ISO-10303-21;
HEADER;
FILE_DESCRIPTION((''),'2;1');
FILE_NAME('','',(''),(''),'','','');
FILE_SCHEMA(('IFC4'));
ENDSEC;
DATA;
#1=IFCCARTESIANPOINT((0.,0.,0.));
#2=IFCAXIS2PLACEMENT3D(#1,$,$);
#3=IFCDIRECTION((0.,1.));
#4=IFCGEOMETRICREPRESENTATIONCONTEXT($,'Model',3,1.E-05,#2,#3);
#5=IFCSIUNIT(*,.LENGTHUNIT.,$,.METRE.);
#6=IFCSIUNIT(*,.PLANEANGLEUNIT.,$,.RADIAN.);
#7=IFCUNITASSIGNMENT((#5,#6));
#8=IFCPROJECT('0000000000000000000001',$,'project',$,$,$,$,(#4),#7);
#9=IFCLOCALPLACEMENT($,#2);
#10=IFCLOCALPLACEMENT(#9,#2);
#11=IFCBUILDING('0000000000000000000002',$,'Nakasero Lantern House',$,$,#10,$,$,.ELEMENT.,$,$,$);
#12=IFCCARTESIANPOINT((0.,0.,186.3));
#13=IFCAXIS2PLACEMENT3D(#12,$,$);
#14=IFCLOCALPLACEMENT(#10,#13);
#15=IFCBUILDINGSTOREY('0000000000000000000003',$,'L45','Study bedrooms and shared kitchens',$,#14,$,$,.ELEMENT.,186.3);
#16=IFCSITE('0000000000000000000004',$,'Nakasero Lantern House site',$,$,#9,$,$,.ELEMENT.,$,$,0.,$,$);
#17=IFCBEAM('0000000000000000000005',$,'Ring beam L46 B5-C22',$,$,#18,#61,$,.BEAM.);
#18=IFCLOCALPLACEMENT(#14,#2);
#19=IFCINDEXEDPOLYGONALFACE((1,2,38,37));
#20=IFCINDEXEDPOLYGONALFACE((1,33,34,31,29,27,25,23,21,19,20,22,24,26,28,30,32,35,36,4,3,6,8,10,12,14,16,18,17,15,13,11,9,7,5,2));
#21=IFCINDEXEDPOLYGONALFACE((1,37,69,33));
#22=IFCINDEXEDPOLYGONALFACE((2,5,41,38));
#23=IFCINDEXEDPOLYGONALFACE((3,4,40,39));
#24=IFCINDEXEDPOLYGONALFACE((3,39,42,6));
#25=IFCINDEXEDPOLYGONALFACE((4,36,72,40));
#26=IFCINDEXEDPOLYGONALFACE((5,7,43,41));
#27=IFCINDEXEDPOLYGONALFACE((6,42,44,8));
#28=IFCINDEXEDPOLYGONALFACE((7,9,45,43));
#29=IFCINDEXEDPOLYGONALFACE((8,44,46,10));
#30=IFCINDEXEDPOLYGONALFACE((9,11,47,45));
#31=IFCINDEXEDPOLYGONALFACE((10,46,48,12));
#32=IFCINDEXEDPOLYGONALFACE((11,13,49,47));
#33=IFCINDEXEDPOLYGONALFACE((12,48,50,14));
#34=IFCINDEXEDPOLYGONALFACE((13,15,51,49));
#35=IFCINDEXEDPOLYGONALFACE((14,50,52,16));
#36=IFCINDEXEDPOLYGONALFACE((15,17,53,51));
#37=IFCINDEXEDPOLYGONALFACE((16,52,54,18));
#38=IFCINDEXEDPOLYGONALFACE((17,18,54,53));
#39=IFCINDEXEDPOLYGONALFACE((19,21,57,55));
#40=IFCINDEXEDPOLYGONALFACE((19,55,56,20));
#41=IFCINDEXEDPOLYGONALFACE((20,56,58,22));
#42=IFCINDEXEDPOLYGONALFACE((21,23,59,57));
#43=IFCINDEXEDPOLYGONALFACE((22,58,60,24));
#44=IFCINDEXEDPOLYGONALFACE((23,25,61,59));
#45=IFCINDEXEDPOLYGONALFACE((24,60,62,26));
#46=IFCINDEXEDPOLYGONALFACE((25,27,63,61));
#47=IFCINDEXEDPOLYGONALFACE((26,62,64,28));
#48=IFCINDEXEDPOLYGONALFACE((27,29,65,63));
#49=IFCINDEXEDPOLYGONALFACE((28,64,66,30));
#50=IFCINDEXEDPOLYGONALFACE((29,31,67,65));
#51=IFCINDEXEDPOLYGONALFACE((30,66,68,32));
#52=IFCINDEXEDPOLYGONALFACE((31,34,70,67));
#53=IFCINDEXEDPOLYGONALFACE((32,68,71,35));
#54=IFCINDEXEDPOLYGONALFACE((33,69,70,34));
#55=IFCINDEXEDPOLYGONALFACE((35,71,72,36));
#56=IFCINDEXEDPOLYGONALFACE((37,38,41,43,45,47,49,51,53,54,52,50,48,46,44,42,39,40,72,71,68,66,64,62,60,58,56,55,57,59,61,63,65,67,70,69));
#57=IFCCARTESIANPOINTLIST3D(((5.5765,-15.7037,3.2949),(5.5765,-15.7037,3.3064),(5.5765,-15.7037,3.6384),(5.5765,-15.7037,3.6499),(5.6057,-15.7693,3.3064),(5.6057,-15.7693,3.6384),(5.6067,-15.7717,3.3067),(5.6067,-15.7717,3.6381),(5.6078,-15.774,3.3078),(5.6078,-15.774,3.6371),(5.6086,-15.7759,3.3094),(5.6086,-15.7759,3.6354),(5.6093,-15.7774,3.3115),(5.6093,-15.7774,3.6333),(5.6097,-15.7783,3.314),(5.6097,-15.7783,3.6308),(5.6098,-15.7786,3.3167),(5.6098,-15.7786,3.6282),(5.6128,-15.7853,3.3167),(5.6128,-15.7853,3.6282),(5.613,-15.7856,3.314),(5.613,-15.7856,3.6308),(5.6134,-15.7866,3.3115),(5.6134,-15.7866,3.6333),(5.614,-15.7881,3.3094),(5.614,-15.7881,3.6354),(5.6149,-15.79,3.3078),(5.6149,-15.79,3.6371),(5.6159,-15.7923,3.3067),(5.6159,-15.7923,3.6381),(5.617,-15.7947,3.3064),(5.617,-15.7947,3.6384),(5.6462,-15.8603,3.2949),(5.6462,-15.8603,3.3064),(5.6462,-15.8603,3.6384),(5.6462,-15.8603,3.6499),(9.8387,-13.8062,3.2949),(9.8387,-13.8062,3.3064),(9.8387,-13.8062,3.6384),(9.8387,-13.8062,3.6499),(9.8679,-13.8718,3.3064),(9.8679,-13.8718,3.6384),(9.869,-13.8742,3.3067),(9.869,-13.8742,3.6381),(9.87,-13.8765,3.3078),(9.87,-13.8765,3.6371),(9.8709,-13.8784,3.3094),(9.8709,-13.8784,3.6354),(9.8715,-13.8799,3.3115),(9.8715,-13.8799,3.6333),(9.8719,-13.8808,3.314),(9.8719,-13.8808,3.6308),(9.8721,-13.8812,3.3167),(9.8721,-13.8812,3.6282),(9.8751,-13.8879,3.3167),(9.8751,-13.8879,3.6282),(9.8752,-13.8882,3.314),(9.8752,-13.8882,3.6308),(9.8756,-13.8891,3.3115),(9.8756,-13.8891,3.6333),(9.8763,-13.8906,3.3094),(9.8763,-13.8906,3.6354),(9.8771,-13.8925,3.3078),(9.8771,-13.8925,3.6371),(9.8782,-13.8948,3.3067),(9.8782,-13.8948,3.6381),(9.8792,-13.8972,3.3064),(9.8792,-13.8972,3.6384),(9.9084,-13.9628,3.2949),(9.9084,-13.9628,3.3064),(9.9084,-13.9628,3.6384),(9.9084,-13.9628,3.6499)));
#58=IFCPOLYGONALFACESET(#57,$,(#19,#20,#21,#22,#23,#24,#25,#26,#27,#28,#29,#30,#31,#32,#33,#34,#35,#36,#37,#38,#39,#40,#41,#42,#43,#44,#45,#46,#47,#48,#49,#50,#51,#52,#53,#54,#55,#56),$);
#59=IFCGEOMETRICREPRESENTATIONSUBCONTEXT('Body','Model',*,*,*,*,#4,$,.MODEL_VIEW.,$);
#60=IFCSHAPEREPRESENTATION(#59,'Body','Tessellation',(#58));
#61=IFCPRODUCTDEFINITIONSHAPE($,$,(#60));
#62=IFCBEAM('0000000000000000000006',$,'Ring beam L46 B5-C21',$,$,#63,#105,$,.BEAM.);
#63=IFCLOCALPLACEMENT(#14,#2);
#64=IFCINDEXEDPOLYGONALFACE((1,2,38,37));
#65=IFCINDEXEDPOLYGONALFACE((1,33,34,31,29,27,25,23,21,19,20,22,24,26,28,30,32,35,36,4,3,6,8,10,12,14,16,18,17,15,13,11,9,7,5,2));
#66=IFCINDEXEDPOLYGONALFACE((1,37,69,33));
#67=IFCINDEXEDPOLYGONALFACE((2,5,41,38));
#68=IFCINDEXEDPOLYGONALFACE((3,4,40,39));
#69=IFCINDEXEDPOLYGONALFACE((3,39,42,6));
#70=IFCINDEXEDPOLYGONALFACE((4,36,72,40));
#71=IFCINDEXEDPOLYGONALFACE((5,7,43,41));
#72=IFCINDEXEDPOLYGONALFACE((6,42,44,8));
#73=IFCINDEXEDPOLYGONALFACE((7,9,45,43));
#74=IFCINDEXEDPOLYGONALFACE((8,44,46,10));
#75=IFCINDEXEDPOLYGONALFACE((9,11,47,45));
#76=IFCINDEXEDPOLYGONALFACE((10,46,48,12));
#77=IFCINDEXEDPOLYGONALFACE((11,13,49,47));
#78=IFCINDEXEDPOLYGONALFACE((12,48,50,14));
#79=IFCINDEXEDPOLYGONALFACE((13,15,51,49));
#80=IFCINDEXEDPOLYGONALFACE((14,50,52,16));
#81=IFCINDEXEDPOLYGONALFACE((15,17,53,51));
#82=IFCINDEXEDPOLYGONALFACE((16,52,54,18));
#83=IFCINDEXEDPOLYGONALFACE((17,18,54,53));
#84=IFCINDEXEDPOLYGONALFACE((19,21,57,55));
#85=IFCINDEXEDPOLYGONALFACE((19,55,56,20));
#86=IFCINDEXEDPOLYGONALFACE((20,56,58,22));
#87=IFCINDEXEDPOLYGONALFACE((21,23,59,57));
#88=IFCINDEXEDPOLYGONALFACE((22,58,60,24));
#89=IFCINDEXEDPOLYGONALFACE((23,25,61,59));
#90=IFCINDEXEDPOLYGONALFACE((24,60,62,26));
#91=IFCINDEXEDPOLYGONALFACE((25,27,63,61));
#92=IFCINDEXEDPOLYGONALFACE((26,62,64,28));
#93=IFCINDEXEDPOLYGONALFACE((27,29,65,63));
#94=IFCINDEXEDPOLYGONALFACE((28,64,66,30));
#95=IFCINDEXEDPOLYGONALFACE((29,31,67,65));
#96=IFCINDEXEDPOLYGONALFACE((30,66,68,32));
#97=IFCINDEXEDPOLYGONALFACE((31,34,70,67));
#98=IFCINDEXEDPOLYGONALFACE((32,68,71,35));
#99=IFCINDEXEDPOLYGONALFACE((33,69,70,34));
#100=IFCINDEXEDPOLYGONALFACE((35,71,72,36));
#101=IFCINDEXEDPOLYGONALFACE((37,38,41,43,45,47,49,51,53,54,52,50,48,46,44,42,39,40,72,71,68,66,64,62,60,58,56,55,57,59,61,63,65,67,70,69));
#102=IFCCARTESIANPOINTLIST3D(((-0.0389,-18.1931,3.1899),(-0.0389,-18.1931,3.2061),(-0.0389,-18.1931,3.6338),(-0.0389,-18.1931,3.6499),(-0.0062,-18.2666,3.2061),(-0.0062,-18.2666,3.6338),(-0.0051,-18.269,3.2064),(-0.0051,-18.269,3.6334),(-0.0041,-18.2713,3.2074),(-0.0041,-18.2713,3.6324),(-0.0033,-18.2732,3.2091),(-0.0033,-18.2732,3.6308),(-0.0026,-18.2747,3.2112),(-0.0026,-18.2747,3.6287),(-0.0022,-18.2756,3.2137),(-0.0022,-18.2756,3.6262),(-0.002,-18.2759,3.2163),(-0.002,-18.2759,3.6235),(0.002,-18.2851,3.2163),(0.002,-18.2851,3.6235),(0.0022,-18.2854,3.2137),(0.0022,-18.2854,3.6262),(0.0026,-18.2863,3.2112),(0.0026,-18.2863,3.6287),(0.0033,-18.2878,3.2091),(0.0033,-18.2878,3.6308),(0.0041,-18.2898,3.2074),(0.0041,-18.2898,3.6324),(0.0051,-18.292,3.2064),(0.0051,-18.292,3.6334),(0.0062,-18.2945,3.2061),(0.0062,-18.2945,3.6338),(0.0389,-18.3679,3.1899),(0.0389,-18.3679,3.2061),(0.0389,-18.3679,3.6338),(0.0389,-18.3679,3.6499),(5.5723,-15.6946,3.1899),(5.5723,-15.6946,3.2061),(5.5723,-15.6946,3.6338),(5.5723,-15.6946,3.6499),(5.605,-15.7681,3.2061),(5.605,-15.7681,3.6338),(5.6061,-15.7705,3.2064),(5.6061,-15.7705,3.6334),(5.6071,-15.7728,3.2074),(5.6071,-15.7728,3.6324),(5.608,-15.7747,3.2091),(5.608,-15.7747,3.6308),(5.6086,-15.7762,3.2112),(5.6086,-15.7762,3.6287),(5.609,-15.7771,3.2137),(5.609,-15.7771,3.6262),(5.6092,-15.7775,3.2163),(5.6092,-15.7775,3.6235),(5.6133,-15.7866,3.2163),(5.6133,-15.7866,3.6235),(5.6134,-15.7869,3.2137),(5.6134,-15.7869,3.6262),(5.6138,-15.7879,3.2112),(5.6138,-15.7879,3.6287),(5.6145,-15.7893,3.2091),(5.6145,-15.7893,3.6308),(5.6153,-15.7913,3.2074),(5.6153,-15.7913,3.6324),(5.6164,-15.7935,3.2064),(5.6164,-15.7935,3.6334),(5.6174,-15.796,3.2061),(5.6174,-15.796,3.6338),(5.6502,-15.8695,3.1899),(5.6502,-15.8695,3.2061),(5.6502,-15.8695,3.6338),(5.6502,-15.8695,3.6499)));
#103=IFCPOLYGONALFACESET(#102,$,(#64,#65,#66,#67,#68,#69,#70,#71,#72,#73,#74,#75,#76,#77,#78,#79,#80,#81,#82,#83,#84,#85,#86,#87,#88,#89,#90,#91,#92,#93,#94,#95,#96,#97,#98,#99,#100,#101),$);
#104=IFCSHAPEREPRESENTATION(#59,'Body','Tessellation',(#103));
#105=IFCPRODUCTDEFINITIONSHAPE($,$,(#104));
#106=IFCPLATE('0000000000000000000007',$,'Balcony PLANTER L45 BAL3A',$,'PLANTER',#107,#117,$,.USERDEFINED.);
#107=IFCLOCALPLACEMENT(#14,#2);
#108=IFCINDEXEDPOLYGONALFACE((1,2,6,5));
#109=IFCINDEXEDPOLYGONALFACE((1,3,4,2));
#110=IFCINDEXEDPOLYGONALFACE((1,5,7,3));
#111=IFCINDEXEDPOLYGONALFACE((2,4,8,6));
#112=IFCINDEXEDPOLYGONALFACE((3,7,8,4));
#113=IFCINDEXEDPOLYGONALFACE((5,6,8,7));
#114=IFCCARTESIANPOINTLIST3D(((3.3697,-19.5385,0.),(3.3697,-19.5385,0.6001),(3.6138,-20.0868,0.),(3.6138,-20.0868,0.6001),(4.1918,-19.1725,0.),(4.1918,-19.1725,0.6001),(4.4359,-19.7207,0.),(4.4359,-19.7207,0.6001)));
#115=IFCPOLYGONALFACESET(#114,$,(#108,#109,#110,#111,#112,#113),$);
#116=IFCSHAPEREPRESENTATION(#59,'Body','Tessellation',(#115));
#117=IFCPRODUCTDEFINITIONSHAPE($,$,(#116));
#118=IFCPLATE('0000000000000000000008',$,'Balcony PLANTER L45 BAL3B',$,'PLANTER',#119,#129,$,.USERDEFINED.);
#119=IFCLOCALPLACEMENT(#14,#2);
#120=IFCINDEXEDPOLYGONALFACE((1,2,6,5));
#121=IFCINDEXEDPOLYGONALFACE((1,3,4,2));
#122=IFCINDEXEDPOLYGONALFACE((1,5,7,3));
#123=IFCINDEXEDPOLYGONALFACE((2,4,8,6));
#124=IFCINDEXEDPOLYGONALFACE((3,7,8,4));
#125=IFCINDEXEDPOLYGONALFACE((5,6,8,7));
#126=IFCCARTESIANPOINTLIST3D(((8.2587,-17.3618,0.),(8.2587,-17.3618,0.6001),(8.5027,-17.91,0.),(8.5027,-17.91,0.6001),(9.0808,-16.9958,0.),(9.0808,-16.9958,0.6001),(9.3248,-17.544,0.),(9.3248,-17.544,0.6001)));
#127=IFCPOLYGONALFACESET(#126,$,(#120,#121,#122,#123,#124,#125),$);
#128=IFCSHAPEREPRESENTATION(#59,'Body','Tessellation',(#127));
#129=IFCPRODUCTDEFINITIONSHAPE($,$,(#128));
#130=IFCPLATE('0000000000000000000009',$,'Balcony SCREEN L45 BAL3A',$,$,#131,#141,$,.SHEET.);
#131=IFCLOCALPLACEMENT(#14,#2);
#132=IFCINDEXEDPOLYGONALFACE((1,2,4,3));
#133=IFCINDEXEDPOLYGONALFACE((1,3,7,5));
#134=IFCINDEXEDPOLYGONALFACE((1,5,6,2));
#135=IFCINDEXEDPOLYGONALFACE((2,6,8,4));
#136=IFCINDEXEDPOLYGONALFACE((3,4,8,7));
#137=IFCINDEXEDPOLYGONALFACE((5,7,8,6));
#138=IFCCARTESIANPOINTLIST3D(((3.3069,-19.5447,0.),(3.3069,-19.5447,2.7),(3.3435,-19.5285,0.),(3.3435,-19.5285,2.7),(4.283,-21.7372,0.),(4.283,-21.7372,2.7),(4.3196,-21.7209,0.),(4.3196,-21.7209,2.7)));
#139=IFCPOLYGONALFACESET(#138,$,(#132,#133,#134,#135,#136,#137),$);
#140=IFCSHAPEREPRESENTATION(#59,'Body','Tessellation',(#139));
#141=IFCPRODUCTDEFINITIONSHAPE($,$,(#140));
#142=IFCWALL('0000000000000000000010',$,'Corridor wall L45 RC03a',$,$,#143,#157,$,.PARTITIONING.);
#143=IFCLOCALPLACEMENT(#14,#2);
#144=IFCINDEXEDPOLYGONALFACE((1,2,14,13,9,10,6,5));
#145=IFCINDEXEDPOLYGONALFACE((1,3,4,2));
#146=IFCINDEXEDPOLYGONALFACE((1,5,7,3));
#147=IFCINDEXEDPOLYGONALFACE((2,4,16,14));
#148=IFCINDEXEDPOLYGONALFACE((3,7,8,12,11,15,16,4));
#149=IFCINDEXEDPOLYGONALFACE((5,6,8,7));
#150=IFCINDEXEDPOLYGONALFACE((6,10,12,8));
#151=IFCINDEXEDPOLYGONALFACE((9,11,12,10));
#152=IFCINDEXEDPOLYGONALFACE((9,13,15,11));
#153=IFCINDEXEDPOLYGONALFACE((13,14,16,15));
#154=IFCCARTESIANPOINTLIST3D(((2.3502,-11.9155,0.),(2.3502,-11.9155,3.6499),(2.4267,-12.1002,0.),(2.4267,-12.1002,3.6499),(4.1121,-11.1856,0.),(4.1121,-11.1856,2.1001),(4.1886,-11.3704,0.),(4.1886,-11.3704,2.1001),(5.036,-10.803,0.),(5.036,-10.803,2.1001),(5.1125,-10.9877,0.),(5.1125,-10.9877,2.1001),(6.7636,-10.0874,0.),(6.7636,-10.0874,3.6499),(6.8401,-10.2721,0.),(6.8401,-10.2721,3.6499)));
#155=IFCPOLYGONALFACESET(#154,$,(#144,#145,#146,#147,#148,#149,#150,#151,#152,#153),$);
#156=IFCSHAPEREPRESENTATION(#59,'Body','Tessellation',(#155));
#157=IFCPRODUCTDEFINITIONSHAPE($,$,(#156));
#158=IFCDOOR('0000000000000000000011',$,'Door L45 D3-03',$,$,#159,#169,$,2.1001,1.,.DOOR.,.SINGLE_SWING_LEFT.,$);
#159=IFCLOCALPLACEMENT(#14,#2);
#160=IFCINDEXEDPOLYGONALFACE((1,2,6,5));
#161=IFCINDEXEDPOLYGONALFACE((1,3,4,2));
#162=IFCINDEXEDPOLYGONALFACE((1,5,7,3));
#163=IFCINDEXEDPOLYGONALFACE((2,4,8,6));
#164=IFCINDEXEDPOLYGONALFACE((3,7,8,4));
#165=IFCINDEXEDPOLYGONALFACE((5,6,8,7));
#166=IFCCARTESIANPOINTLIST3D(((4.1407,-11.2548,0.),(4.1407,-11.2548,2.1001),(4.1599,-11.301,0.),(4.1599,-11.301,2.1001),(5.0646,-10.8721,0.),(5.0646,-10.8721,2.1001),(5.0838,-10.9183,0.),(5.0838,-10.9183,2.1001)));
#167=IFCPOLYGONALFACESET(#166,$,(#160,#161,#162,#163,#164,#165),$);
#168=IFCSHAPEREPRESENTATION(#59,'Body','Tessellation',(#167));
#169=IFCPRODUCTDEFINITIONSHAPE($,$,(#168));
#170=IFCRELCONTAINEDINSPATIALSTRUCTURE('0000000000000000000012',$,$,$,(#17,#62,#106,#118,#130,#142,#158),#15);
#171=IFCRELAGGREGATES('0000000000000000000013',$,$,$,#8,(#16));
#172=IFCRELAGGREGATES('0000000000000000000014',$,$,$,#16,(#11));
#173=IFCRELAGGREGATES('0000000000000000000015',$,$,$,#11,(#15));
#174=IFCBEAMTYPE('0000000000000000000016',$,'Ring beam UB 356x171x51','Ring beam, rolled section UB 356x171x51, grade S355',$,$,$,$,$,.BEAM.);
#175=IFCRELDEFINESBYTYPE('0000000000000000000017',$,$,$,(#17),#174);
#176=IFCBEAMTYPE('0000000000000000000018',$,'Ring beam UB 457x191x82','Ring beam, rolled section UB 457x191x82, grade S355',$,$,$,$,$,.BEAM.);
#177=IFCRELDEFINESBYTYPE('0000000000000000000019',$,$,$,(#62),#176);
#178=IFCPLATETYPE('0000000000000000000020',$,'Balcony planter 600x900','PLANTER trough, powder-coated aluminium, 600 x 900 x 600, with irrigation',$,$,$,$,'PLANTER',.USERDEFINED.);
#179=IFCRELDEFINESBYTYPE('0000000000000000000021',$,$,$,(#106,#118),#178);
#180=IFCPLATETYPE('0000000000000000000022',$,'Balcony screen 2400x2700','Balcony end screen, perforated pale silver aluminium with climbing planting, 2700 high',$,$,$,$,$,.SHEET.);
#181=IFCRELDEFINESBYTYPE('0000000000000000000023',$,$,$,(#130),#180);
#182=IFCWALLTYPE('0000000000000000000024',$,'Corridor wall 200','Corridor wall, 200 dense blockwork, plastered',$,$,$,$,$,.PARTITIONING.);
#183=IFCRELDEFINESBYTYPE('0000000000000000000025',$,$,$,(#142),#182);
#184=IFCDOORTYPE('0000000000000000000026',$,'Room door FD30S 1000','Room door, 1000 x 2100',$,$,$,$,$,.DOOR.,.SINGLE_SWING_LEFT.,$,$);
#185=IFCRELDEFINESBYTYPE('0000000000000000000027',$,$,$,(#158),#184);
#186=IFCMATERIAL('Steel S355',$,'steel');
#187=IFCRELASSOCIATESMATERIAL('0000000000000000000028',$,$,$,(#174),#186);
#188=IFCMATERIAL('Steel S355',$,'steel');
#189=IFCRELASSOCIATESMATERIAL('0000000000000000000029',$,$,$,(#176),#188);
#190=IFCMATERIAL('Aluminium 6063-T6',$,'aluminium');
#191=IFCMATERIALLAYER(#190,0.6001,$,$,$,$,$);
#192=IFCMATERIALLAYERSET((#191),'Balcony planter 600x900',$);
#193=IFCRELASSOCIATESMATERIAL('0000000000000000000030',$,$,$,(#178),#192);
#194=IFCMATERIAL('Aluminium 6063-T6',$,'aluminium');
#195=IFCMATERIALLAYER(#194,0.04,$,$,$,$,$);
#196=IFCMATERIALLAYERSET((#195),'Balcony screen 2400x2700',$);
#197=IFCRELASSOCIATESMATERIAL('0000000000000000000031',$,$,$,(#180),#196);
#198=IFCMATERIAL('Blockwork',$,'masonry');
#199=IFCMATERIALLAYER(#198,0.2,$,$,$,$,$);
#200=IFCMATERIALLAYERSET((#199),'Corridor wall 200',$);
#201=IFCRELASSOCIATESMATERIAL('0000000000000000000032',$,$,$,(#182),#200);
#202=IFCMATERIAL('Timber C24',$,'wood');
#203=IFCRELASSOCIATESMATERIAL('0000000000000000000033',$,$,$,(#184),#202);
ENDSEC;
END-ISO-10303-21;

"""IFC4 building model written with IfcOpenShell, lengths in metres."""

from ifc_helpers import new_model, si_unit, direction, frame, frame_2d, origin, origin_2d, place, context, subcontext, project, spatial, rectangle, i_section, extrude, material, layer, layer_set, material_profile, profile_set, type_object, element, fill, save


model = new_model("IFC4")

# Units and contexts
model_context = context("Model", 3, precision=1e-05, world=origin(), true_north=direction((0.0, 1.0)))
body_context = subcontext(model_context, "Body", "Model", "MODEL_VIEW")
ifc_project = project(units=[si_unit("LENGTHUNIT", "METRE"), si_unit("PLANEANGLEUNIT", "RADIAN")], contexts=[model_context])

# Site, building, storey
site_placement = place(None, origin())
site = spatial("IfcSite", under=ifc_project, at=site_placement, Name="Nakasero Lantern House site", CompositionType="ELEMENT", RefElevation=0.0)
building_placement = place(site_placement, origin())
building = spatial("IfcBuilding", under=site, at=building_placement, Name="Nakasero Lantern House", CompositionType="ELEMENT")
storey_placement = place(building_placement, frame((0.0, 0.0, 186.3)))
storey = spatial("IfcBuildingStorey", under=building, at=storey_placement, Name="L45", Description="Study bedrooms and shared kitchens", CompositionType="ELEMENT", Elevation=186.3)

# Beams
ifc_material_1 = material(Name="Steel S355", Category="steel")
ifc_material_profile_1 = material_profile(ifc_material_1, i_section(OverallWidth=0.1714, OverallDepth=0.355, WebThickness=0.0073, FlangeThickness=0.0115, FilletRadius=0.0103, at=origin_2d()), Name="UB 356x171x51")
ifc_profile_set_1 = profile_set([ifc_material_profile_1], Name="Steel S355")
beam_type_1 = type_object("IfcBeamType", Name="Ring beam UB 356x171x51", Description="Ring beam, rolled section UB 356x171x51, grade S355", PredefinedType="BEAM", material=ifc_profile_set_1)
beam_1_placement = place(storey_placement, frame((5.6113, -15.782, 3.4724), z_axis=(0.913561, 0.406702, 0.0), x_axis=(-0.406702, 0.913561, 0.0)))
element("IfcBeam", 1, at=beam_1_placement, inside=storey, type_object=beam_type_1, Name="Ring beam L46 B5-C22", PredefinedType="BEAM", context=body_context, shape_type="SweptSolid", body=[
    extrude(i_section(OverallWidth=0.1714, OverallDepth=0.355, WebThickness=0.0073, FlangeThickness=0.0115, FilletRadius=0.0103, at=origin_2d()), origin(), (0.0, 0.0, 1.0), 4.6655),
])
ifc_material_2 = material(Name="Steel S355", Category="steel")
ifc_material_profile_2 = material_profile(ifc_material_2, i_section(OverallWidth=0.1914, OverallDepth=0.46, WebThickness=0.01, FlangeThickness=0.0161, FilletRadius=0.0103, at=origin_2d()), Name="UB 457x191x82")
ifc_profile_set_2 = profile_set([ifc_material_profile_2], Name="Steel S355")
beam_type_2 = type_object("IfcBeamType", Name="Ring beam UB 457x191x82", Description="Ring beam, rolled section UB 457x191x82, grade S355", PredefinedType="BEAM", material=ifc_profile_set_2)
beam_2_placement = place(storey_placement, frame((0.0, -18.2805, 3.4199), z_axis=(0.913533, 0.406765, 0.0), x_axis=(-0.406765, 0.913533, 0.0)))
element("IfcBeam", 2, at=beam_2_placement, inside=storey, type_object=beam_type_2, Name="Ring beam L46 B5-C21", PredefinedType="BEAM", context=body_context, shape_type="SweptSolid", body=[
    extrude(i_section(OverallWidth=0.1914, OverallDepth=0.46, WebThickness=0.01, FlangeThickness=0.0161, FilletRadius=0.0103, at=origin_2d()), origin(), (0.0, 0.0, 1.0), 6.1423),
])

# Plates
ifc_material_3 = material(Name="Aluminium 6063-T6", Category="aluminium")
ifc_layer_1 = layer(ifc_material_3, 0.6001)
ifc_layer_set_1 = layer_set([ifc_layer_1], Name="Balcony planter 600x900")
plate_type_1 = type_object("IfcPlateType", Name="Balcony planter 600x900", Description="PLANTER trough, powder-coated aluminium, 600 x 900 x 600, with irrigation", ElementType="PLANTER", PredefinedType="USERDEFINED", material=ifc_layer_set_1)
for number, where, z_axis, x_axis, name in (
    (3, (3.9028, -19.6296, 0.0), (0.0, 0.0, 1.0), (0.406737, -0.913545, 0.0), "Balcony PLANTER L45 BAL3A"),
    (4, (8.7917, -17.4529, 0.0), (0.0, 0.0, 1.0), (0.406737, -0.913545, 0.0), "Balcony PLANTER L45 BAL3B"),
):
    element("IfcPlate", number, at=place(storey_placement, frame(where, z_axis=z_axis, x_axis=x_axis)), inside=storey, type_object=plate_type_1, Name=name, ObjectType="PLANTER", PredefinedType="USERDEFINED", context=body_context, shape_type="SweptSolid", body=[
        extrude(rectangle(XDim=0.6001, YDim=0.8999, at=origin_2d()), origin(), (0.0, 0.0, 1.0), 0.6001),
    ])
ifc_material_4 = material(Name="Aluminium 6063-T6", Category="aluminium")
ifc_layer_2 = layer(ifc_material_4, 0.04)
ifc_layer_set_2 = layer_set([ifc_layer_2], Name="Balcony screen 2400x2700")
plate_type_2 = type_object("IfcPlateType", Name="Balcony screen 2400x2700", Description="Balcony end screen, perforated pale silver aluminium with climbing planting, 2700 high", PredefinedType="SHEET", material=ifc_layer_set_2)
plate_placement = place(storey_placement, frame((3.8132, -20.6328, 0.0), z_axis=(0.0, 0.0, 1.0), x_axis=(0.406737, -0.913545, 0.0)))
element("IfcPlate", 5, at=plate_placement, inside=storey, type_object=plate_type_2, Name="Balcony SCREEN L45 BAL3A", PredefinedType="SHEET", context=body_context, shape_type="SweptSolid", body=[
    extrude(rectangle(XDim=2.3999, YDim=0.04, at=origin_2d()), origin(), (0.0, 0.0, 1.0), 2.7),
])

# Wall, opening, door
ifc_material_5 = material(Name="Blockwork", Category="masonry")
ifc_layer_3 = layer(ifc_material_5, 0.2)
ifc_layer_set_3 = layer_set([ifc_layer_3], Name="Corridor wall 200")
wall_type_1 = type_object("IfcWallType", Name="Corridor wall 200", Description="Corridor wall, 200 dense blockwork, plastered", PredefinedType="PARTITIONING", material=ifc_layer_set_3)
wall_1_placement = place(storey_placement, frame((6.802, -10.1797, 0.0), z_axis=(0.0, 0.0, 1.0), x_axis=(-0.923882, -0.382677, 0.0)))
wall_1 = element("IfcWall", 6, at=wall_1_placement, inside=storey, type_object=wall_type_1, Name="Corridor wall L45 RC03a", PredefinedType="PARTITIONING", context=body_context, shape_type="SweptSolid", body=[
    extrude(rectangle(XDim=4.7771, YDim=0.2, at=frame_2d((2.3887, 0.0))), origin(), (0.0, 0.0, 1.0), 3.6499),
])
opening_1_placement = place(wall_1_placement, frame((1.8701, 0.0, 0.0)))
opening_1 = element("IfcOpeningElement", 7, at=opening_1_placement, cuts=wall_1, PredefinedType="OPENING", context=body_context, shape_type="SweptSolid", body=[
    extrude(rectangle(XDim=1.0, YDim=2.1001, at=frame_2d((0.5, 1.05))), frame((0.0, 0.1199, 0.0), z_axis=(0.0, -1.0, 0.0), x_axis=(1.0, 0.0, 0.0)), (0.0, 0.0, 1.0), 0.24),
])
ifc_material_6 = material(Name="Timber C24", Category="wood")
door_type_1 = type_object("IfcDoorType", Name="Room door FD30S 1000", Description="Room door, 1000 x 2100", OperationType="SINGLE_SWING_LEFT", PredefinedType="DOOR", material=ifc_material_6)
door_1_placement = place(opening_1_placement, origin())
door_1 = element("IfcDoor", 8, at=door_1_placement, inside=storey, type_object=door_type_1, Name="Door L45 D3-03", OperationType="SINGLE_SWING_LEFT", OverallHeight=2.1001, OverallWidth=1.0, PredefinedType="DOOR", context=body_context, shape_type="SweptSolid", body=[
    extrude(rectangle(XDim=1.0, YDim=2.1001, at=frame_2d((0.5, 1.05))), frame((0.0, 0.0249, 0.0), z_axis=(0.0, -1.0, 0.0), x_axis=(1.0, 0.0, 0.0)), (0.0, 0.0, 1.0), 0.05),
])
fill(opening_1, door_1)

save(model, "model.ifc")
